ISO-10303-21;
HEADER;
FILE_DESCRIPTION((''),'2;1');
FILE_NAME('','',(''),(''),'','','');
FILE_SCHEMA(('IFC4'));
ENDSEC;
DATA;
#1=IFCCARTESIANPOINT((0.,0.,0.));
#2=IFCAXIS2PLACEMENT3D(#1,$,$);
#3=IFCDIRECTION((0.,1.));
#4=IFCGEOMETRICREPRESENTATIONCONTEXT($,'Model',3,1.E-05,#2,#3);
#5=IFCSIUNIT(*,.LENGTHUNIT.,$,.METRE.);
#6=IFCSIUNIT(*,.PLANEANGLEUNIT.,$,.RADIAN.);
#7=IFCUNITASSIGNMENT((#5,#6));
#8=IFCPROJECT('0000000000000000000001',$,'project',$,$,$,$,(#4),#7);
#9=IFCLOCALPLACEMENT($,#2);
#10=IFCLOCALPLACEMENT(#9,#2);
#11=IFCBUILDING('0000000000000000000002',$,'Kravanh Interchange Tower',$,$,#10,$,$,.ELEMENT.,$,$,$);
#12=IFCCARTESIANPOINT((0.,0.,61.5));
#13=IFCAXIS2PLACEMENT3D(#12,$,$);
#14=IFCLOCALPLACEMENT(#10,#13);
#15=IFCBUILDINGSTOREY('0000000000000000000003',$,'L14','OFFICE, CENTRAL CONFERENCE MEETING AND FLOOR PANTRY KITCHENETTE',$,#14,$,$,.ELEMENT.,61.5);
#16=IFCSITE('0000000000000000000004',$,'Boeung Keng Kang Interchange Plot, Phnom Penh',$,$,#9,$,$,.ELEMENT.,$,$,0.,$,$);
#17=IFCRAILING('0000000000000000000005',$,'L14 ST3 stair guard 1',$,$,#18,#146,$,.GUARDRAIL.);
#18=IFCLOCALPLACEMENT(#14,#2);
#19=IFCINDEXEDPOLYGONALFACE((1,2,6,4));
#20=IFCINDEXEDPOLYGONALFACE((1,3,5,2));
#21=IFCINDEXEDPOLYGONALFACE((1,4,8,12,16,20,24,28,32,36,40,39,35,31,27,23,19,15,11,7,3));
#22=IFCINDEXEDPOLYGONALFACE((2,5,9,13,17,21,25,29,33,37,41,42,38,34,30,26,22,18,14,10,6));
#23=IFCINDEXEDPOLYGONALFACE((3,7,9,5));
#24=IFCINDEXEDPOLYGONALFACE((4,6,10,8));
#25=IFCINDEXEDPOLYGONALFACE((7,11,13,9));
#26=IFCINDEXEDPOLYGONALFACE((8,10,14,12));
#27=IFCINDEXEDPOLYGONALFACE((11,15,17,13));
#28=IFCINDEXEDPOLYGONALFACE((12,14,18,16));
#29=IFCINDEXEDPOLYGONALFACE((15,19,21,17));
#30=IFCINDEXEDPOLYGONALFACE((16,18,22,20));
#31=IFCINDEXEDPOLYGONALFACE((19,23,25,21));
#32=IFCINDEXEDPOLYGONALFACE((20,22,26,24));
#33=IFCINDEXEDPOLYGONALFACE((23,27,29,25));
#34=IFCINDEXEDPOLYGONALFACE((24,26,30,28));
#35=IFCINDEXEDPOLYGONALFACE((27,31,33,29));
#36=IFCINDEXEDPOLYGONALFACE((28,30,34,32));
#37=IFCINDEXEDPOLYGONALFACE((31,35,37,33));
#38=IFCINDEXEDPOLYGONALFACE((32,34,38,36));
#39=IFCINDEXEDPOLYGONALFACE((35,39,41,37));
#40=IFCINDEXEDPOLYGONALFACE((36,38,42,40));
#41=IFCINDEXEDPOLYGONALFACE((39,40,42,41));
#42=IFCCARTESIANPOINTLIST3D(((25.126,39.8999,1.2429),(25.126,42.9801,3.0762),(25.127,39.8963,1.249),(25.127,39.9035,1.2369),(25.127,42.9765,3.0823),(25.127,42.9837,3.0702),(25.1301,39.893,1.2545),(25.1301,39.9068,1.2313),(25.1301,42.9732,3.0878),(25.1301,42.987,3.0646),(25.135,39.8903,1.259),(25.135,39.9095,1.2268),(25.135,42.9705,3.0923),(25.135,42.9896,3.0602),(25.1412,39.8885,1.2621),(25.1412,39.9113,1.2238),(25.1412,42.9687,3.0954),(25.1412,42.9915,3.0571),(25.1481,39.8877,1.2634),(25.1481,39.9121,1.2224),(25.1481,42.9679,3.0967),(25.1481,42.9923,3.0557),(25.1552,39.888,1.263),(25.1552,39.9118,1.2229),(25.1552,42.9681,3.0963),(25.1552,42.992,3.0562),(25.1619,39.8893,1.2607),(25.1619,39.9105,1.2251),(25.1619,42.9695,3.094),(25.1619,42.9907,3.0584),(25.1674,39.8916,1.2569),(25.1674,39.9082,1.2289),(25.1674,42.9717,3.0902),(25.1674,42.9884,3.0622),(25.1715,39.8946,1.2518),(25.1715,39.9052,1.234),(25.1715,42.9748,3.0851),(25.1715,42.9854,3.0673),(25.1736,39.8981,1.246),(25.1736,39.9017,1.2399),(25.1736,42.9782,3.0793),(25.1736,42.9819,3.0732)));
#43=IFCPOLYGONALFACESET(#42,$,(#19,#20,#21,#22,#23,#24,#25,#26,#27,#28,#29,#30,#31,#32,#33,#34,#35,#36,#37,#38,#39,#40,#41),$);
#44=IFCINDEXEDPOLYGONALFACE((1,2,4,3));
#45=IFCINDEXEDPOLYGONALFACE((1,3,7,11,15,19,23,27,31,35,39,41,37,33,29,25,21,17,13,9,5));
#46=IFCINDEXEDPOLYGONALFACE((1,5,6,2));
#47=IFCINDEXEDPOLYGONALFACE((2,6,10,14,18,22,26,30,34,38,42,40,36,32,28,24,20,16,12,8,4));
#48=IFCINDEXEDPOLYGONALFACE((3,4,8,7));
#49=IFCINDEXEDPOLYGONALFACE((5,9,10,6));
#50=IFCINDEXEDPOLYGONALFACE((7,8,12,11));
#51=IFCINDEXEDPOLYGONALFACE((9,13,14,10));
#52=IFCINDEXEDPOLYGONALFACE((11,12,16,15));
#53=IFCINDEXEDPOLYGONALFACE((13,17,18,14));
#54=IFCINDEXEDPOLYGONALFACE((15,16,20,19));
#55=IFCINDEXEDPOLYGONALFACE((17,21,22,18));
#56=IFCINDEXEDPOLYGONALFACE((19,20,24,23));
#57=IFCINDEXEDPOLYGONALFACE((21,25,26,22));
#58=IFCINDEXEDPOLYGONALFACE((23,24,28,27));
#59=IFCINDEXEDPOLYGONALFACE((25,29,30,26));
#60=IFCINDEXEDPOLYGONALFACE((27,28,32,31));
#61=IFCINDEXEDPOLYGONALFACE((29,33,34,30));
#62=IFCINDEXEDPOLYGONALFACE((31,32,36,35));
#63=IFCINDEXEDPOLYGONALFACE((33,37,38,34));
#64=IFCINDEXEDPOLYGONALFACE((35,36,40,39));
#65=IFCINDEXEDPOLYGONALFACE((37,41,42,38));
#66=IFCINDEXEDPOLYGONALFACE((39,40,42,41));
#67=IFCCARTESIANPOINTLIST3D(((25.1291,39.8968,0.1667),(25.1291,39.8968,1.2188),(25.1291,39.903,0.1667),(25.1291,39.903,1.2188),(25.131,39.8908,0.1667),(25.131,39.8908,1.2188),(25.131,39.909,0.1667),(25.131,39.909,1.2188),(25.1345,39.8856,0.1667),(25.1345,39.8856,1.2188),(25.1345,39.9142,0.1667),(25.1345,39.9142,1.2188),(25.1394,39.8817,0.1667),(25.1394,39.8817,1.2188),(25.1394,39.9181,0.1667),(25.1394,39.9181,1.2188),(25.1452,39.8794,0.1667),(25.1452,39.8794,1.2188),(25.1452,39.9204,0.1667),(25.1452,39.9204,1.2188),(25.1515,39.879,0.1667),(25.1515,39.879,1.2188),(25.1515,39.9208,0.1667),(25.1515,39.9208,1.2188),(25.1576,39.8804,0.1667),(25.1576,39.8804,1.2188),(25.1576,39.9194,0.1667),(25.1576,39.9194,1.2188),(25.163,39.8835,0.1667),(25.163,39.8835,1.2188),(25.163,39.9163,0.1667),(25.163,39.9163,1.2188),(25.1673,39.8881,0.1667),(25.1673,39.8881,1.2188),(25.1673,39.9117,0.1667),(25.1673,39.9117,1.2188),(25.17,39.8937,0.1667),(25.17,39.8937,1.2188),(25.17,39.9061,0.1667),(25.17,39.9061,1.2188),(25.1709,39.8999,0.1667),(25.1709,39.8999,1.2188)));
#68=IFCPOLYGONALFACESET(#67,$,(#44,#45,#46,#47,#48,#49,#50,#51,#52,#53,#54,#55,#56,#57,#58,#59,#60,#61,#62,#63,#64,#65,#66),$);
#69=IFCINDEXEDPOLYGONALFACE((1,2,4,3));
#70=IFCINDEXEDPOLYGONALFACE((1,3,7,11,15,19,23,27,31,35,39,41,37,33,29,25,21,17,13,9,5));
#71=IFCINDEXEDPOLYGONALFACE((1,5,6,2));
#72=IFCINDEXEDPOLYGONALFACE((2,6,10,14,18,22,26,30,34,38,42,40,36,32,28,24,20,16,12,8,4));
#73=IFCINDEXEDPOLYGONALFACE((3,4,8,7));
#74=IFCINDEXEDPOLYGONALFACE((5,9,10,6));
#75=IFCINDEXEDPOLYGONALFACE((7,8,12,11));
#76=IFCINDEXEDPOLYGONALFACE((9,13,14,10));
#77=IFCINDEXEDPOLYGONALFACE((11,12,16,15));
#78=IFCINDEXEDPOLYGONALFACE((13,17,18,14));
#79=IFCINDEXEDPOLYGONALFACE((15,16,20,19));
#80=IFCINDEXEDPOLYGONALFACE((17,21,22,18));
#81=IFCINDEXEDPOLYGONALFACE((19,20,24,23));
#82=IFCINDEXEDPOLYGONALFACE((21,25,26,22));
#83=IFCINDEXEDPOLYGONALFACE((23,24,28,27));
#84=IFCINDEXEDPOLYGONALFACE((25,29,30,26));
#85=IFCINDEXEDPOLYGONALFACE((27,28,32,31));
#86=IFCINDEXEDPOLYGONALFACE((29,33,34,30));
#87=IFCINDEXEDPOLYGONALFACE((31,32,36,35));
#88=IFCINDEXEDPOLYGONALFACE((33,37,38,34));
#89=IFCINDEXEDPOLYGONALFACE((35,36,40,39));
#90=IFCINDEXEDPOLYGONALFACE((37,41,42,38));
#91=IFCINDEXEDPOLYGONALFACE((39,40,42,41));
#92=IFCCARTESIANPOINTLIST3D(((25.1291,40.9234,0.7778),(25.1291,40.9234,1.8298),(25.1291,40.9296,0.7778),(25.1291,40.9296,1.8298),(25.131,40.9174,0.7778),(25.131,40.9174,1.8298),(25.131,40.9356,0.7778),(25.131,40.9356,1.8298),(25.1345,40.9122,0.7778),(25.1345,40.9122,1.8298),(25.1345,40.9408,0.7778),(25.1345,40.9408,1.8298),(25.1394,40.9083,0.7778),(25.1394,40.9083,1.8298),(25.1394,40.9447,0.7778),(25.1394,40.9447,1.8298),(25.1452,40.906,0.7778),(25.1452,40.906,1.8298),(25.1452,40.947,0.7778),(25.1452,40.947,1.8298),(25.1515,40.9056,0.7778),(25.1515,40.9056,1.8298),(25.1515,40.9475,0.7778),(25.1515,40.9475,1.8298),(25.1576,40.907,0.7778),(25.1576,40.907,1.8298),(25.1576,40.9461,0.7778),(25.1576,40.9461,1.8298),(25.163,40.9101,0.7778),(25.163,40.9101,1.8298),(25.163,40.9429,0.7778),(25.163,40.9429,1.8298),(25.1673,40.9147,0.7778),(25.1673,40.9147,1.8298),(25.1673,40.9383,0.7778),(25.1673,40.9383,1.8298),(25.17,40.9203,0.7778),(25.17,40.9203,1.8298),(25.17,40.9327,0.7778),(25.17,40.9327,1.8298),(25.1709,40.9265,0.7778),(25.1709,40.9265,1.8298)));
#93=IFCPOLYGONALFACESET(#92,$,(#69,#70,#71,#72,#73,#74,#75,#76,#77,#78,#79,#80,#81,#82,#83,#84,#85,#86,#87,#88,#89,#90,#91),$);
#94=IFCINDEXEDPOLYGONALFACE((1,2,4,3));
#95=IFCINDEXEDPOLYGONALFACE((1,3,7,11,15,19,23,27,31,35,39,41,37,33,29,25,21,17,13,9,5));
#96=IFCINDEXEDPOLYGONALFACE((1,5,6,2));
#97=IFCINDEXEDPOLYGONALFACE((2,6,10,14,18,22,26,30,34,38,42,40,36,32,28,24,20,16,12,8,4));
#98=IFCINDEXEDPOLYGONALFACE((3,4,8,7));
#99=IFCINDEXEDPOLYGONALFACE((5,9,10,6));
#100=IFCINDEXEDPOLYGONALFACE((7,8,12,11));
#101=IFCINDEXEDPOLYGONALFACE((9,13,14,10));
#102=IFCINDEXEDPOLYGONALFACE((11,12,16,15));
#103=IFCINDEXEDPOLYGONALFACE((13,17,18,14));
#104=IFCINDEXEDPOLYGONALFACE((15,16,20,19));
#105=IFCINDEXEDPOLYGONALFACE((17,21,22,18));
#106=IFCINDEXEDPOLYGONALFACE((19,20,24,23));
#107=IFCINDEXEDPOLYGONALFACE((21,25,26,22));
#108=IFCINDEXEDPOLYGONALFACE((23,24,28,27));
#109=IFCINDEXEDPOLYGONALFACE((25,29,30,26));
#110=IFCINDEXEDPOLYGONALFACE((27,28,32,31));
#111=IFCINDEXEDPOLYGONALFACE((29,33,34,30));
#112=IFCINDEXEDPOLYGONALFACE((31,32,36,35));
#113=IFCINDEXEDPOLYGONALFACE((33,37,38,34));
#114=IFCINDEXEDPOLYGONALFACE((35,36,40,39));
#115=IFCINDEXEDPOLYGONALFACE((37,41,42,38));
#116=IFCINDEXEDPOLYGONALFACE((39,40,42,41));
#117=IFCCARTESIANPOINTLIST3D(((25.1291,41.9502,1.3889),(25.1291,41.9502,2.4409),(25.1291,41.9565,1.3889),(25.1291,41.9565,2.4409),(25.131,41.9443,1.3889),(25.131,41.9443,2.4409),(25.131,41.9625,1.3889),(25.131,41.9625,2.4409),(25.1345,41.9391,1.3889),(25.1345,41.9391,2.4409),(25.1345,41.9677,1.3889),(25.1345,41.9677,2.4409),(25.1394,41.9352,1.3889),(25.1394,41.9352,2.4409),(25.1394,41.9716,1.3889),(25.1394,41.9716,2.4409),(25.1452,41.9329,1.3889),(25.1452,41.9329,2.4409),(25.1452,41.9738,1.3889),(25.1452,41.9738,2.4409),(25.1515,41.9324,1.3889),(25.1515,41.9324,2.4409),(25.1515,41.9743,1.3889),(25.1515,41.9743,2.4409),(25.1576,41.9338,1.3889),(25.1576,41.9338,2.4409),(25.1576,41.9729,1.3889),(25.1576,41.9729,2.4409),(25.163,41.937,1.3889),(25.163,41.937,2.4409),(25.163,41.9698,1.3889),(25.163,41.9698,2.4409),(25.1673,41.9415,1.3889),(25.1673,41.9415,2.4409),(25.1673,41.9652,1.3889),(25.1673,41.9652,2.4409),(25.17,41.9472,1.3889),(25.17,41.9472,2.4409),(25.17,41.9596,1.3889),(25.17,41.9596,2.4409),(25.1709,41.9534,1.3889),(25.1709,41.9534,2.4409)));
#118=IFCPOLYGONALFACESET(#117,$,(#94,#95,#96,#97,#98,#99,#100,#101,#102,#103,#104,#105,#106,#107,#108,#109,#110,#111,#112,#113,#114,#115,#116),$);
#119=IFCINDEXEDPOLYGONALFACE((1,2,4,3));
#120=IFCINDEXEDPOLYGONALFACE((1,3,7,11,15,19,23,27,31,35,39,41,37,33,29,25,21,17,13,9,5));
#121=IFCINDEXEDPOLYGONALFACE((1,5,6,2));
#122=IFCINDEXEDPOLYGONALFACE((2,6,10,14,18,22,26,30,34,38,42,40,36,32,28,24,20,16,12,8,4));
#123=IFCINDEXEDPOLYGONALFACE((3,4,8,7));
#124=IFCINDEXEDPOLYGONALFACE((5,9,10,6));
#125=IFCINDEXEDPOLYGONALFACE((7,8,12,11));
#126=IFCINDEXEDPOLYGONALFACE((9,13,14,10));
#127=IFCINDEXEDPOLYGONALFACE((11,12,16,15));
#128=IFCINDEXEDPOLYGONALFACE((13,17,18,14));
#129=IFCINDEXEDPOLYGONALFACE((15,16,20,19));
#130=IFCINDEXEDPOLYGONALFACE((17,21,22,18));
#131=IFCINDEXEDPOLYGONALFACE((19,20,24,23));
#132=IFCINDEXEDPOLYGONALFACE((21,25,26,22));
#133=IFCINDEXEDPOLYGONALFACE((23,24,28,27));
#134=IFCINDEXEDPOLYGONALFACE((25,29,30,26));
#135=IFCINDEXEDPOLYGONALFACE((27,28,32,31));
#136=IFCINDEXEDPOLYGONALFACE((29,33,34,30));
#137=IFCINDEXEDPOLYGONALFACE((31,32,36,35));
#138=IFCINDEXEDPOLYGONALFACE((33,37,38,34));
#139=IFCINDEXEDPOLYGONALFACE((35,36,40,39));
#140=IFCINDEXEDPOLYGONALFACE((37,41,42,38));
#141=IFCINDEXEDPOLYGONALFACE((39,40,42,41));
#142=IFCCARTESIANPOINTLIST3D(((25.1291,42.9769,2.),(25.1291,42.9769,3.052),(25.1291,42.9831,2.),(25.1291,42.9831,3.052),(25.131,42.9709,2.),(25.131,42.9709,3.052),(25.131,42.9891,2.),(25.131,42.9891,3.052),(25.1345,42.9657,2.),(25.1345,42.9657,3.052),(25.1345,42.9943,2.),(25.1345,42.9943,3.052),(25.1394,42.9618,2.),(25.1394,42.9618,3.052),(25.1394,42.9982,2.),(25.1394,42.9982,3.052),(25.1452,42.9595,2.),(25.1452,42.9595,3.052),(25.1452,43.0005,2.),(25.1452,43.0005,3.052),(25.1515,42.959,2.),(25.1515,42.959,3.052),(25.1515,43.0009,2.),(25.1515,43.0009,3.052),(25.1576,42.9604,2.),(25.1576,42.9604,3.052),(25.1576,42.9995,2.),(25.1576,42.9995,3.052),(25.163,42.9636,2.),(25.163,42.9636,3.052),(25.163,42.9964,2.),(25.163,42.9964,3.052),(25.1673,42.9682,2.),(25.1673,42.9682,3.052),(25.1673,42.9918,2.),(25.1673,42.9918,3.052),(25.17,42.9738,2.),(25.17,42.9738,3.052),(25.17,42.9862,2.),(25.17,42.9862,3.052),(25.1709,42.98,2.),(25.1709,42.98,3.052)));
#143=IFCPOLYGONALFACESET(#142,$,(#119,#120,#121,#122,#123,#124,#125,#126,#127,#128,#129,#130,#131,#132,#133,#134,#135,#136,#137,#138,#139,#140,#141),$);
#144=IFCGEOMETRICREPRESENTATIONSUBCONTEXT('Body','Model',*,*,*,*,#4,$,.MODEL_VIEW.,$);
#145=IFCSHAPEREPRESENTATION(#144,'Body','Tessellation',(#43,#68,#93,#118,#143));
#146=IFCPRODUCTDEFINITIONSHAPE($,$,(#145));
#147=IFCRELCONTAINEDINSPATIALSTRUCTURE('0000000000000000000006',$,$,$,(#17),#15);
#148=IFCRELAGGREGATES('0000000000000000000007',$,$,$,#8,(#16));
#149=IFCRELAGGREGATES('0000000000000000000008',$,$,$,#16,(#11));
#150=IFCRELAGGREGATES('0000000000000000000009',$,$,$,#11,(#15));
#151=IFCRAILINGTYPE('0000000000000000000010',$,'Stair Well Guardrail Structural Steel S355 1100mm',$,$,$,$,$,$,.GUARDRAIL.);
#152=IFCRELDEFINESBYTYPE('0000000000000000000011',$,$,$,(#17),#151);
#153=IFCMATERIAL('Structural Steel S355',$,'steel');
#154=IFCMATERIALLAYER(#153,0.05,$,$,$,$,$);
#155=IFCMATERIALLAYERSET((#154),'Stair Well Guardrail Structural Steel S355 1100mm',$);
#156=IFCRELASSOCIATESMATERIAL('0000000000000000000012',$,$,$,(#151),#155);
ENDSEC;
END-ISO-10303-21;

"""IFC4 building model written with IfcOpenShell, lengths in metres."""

from ifc_helpers import new_model, si_unit, direction, frame, origin, origin_2d, place, context, subcontext, project, spatial, circle, extrude, material, layer, layer_set, type_object, element, save


model = new_model("IFC4")

# Units and contexts
model_context = context("Model", 3, precision=1e-05, world=origin(), true_north=direction((0.0, 1.0)))
body_context = subcontext(model_context, "Body", "Model", "MODEL_VIEW")
ifc_project = project(units=[si_unit("LENGTHUNIT", "METRE"), si_unit("PLANEANGLEUNIT", "RADIAN")], contexts=[model_context])

# Site, building, storey
site_placement = place(None, origin())
site = spatial("IfcSite", under=ifc_project, at=site_placement, Name="Boeung Keng Kang Interchange Plot, Phnom Penh", CompositionType="ELEMENT", RefElevation=0.0)
building_placement = place(site_placement, origin())
building = spatial("IfcBuilding", under=site, at=building_placement, Name="Kravanh Interchange Tower", CompositionType="ELEMENT")
storey_placement = place(building_placement, frame((0.0, 0.0, 61.5)))
storey = spatial("IfcBuildingStorey", under=building, at=storey_placement, Name="L14", Description="OFFICE, CENTRAL CONFERENCE MEETING AND FLOOR PANTRY KITCHENETTE", CompositionType="ELEMENT", Elevation=61.5)

# Railing
ifc_material_1 = material(Name="Structural Steel S355", Category="steel")
ifc_layer_1 = layer(ifc_material_1, 0.05)
ifc_layer_set_1 = layer_set([ifc_layer_1], Name="Stair Well Guardrail Structural Steel S355 1100mm")
railing_type_1 = type_object("IfcRailingType", Name="Stair Well Guardrail Structural Steel S355 1100mm", PredefinedType="GUARDRAIL", material=ifc_layer_set_1)
railing_1_placement = place(storey_placement, frame((25.1499, 39.8999, 0.1667)))
element("IfcRailing", 1, at=railing_1_placement, inside=storey, type_object=railing_type_1, Name="L14 ST3 stair guard 1", PredefinedType="GUARDRAIL", context=body_context, shape_type="SweptSolid", body=[
    extrude(circle(Radius=0.0239, at=origin_2d()), frame((0.0, 0.0, 1.0762), z_axis=(0.0, 0.859309, 0.511458), x_axis=(-1.0, 0.0, 0.0)), (0.0, 0.0, 1.0), 3.5845),
    extrude(circle(Radius=0.021, at=origin_2d()), origin(), (0.0, 0.0, 1.0), 1.052),
    extrude(circle(Radius=0.021, at=origin_2d()), frame((0.0, 1.0266, 0.6111)), (0.0, 0.0, 1.0), 1.052),
    extrude(circle(Radius=0.021, at=origin_2d()), frame((0.0, 2.0535, 1.2222)), (0.0, 0.0, 1.0), 1.052),
    extrude(circle(Radius=0.021, at=origin_2d()), frame((0.0, 3.0801, 1.8333)), (0.0, 0.0, 1.0), 1.052),
])

save(model, "model.ifc")
